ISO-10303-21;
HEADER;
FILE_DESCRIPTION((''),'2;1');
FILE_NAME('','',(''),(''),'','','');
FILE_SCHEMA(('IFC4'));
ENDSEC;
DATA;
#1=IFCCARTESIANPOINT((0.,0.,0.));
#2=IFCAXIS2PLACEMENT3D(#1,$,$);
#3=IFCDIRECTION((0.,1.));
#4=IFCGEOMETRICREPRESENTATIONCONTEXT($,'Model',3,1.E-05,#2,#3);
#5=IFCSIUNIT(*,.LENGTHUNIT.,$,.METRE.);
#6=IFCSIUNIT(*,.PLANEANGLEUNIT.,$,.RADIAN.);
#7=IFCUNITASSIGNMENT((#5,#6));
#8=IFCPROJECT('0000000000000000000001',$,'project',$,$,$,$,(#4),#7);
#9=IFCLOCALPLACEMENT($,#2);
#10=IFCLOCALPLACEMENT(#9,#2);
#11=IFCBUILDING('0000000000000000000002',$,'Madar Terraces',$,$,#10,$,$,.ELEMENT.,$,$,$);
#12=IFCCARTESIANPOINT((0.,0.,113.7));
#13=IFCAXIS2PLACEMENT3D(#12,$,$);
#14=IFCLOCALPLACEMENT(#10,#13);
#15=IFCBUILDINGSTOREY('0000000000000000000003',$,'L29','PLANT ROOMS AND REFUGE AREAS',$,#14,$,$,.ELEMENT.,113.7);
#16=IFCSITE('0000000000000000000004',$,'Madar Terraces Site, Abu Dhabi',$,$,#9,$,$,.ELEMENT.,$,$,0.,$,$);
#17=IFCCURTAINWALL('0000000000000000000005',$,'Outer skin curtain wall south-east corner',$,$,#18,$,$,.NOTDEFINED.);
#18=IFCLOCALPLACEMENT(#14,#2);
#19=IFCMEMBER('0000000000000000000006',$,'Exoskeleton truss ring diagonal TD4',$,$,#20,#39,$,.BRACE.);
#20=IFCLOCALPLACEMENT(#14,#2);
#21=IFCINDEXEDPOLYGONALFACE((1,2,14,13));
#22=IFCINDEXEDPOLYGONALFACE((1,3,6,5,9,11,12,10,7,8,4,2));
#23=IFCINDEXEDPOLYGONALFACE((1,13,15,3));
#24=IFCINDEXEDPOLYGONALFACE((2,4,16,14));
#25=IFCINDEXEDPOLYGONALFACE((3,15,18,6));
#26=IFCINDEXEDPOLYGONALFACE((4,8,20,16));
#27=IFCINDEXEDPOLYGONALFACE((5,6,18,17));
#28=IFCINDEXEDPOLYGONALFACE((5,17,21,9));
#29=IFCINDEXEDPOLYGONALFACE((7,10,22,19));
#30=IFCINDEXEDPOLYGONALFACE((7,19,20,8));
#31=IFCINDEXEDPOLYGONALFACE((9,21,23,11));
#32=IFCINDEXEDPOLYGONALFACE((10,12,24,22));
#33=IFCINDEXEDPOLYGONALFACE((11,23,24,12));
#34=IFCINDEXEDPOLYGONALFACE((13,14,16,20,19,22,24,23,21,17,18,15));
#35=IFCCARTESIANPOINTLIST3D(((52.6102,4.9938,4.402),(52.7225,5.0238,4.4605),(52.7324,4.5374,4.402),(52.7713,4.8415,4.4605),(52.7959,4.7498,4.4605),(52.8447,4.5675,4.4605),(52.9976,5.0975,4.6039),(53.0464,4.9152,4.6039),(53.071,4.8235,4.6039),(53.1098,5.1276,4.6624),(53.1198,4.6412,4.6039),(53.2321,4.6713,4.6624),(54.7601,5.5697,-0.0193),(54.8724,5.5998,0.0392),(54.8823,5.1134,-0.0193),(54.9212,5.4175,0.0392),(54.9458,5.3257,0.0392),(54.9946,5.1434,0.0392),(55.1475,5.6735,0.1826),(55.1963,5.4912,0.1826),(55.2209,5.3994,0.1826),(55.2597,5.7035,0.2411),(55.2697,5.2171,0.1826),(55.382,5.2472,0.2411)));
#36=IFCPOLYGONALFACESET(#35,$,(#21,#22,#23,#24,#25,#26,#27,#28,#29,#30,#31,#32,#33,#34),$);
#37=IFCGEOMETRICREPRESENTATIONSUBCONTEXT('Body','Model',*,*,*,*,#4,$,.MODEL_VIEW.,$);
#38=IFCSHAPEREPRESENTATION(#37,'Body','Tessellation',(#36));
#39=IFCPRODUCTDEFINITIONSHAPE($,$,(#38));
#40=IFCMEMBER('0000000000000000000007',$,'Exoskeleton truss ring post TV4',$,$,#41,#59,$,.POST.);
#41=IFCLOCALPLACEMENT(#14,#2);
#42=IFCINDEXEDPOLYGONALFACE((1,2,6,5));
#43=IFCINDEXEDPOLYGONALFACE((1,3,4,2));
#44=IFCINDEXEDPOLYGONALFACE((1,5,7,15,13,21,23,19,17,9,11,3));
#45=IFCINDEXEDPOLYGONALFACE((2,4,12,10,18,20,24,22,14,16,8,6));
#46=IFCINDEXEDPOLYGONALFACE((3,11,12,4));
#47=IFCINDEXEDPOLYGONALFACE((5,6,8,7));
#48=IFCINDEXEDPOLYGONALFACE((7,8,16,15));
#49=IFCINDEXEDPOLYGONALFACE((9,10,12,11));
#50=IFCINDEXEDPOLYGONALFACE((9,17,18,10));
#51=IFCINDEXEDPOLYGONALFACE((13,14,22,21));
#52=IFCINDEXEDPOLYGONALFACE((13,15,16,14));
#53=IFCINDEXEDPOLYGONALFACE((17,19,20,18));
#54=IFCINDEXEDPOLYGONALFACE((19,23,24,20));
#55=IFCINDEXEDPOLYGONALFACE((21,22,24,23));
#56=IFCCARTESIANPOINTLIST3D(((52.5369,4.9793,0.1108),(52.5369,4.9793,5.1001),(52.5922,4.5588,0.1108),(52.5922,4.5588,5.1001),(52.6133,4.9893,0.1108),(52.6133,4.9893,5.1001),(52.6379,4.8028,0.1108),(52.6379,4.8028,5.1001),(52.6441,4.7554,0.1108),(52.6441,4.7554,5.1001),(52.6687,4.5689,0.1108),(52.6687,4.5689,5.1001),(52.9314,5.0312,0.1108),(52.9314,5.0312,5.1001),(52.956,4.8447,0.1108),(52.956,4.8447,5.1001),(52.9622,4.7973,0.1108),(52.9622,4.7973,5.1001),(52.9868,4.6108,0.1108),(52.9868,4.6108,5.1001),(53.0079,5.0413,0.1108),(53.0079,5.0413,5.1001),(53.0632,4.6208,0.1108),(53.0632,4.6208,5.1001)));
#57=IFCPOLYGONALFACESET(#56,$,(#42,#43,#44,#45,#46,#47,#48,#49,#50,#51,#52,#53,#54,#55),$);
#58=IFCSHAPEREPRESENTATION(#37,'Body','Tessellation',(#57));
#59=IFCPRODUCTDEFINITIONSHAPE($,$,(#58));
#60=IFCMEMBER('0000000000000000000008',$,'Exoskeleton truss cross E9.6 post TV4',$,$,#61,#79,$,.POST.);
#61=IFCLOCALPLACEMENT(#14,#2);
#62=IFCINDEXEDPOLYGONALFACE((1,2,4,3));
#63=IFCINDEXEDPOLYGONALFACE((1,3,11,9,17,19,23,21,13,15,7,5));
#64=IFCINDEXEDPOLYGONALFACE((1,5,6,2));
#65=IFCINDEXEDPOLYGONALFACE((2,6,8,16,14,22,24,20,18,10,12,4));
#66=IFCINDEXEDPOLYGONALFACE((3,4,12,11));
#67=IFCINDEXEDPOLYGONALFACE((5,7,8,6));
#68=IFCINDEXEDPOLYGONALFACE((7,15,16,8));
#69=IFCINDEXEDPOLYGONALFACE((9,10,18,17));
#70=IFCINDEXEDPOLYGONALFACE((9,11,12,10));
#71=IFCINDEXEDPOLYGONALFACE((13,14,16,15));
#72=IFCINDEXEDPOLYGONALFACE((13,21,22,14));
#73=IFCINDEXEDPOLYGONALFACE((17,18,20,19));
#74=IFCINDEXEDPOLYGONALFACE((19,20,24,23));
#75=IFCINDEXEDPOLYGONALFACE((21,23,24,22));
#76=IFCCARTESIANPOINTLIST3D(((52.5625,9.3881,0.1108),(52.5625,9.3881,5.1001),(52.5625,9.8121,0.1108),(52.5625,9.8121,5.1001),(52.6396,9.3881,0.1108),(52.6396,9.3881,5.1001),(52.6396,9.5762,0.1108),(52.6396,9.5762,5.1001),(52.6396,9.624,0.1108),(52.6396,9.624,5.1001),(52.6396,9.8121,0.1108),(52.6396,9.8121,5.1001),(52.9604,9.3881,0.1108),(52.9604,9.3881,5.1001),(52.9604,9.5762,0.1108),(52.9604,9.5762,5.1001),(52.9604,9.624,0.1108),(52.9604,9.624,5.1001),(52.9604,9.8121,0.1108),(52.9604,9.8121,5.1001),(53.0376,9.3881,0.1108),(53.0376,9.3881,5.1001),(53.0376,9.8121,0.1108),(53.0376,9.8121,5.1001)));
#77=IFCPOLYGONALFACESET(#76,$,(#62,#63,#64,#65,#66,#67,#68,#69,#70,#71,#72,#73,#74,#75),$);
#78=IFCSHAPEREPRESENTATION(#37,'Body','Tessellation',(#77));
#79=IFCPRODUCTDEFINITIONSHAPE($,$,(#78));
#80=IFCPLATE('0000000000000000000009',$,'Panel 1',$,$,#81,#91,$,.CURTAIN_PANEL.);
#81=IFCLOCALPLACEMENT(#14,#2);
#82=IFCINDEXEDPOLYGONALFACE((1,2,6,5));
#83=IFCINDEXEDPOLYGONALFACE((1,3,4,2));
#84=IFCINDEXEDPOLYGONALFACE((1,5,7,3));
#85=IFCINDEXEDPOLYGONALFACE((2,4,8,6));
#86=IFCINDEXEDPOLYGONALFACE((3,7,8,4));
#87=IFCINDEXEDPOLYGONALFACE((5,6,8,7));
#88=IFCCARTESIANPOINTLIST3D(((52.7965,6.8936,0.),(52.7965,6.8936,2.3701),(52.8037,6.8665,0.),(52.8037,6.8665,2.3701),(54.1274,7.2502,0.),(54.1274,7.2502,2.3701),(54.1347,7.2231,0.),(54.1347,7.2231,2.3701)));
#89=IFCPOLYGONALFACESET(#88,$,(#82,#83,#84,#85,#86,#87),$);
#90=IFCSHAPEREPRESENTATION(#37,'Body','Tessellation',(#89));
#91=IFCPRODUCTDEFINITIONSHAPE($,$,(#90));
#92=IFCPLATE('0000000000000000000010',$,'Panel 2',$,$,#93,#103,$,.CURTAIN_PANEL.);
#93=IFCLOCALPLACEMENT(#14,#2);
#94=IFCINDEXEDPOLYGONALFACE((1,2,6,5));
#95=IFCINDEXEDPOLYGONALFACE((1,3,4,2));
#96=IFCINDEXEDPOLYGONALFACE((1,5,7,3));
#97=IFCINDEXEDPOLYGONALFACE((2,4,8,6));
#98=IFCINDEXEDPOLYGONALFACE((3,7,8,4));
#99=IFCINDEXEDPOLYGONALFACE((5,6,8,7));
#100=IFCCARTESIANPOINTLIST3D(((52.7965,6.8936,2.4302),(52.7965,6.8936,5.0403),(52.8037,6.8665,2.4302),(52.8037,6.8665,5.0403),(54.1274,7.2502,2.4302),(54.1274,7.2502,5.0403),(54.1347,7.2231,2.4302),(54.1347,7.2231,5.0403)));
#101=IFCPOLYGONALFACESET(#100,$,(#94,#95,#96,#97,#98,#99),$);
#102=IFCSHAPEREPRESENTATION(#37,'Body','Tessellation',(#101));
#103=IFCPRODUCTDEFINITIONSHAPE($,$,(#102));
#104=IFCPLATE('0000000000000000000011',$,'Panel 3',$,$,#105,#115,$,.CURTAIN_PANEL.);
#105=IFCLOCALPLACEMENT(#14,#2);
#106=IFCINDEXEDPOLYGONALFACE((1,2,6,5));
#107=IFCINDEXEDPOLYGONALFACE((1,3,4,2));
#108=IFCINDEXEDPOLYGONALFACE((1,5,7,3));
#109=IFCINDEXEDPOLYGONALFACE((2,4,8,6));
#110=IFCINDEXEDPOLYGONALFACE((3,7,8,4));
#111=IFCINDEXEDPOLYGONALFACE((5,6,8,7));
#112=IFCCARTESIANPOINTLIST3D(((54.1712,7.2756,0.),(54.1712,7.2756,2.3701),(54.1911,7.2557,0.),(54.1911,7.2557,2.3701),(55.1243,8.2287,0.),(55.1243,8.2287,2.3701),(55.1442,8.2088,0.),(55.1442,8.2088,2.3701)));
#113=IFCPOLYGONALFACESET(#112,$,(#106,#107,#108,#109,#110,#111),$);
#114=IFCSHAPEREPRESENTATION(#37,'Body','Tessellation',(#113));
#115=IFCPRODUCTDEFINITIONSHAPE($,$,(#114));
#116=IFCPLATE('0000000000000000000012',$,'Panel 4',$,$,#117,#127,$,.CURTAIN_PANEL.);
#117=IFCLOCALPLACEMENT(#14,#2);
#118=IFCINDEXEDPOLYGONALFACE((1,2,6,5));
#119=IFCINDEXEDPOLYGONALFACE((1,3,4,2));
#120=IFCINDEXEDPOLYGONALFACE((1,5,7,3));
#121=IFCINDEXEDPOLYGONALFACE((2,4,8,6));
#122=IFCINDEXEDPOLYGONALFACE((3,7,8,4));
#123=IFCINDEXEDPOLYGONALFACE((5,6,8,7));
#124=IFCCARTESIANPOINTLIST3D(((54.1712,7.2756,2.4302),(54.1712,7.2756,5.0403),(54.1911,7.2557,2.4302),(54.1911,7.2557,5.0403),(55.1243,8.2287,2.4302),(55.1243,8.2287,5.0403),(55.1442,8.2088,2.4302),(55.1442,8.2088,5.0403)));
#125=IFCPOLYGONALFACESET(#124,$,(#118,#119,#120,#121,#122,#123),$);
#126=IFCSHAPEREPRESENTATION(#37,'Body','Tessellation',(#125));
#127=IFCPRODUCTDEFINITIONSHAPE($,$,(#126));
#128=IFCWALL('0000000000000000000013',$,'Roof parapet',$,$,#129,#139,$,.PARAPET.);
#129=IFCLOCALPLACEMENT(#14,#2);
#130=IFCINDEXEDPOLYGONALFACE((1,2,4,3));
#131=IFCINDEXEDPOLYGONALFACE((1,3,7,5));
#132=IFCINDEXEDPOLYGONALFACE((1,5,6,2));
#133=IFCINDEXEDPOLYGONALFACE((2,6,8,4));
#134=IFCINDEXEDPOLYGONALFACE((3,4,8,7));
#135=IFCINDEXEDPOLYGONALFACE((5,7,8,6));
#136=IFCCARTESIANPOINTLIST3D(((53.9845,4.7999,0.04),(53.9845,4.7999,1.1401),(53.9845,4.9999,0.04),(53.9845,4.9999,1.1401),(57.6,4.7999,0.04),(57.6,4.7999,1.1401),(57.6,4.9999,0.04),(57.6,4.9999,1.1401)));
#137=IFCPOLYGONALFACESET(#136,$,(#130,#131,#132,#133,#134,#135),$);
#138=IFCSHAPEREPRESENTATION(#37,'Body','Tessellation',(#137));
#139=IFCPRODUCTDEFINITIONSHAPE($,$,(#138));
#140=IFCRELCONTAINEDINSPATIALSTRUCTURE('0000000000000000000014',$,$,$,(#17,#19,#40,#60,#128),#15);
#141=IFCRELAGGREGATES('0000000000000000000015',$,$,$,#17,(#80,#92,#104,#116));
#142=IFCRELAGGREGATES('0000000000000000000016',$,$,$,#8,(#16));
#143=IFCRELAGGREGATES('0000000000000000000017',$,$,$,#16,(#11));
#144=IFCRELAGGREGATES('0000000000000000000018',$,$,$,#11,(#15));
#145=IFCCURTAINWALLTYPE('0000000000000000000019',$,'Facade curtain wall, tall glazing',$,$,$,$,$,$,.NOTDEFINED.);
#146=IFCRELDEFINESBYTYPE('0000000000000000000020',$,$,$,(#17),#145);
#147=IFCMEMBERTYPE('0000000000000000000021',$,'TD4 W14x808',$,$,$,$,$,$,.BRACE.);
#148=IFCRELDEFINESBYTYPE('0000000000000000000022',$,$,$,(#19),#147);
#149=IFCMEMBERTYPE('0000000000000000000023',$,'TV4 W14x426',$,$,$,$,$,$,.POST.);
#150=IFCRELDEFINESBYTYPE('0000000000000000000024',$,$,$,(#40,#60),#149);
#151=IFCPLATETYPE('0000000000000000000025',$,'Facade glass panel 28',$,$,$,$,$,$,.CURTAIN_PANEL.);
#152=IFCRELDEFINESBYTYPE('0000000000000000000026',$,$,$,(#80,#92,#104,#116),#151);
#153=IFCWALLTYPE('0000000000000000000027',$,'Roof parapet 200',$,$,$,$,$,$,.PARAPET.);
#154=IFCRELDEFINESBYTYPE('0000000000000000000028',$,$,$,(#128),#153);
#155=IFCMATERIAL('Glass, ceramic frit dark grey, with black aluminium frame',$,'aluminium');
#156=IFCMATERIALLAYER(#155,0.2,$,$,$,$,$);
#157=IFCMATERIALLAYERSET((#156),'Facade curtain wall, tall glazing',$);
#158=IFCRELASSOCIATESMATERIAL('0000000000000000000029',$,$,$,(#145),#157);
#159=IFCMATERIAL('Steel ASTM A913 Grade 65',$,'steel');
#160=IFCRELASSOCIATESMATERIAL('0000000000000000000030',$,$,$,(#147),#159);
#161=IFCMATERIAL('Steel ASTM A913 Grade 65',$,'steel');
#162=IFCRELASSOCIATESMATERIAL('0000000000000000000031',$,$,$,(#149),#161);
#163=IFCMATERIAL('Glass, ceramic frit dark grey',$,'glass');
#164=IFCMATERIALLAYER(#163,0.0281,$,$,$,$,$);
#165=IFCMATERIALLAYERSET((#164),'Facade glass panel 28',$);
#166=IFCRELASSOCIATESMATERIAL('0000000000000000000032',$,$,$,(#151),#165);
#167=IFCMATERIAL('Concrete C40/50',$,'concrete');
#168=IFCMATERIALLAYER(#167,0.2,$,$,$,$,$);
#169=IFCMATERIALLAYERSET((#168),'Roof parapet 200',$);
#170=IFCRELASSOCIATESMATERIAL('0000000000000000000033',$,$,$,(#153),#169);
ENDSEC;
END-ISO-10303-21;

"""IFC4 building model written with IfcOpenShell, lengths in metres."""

from ifc_helpers import new_model, si_unit, direction, frame, frame_2d, origin, origin_2d, place, context, subcontext, project, spatial, rectangle, i_section, extrude, material, layer, layer_set, material_profile, profile_set, type_object, element, aggregate, save


model = new_model("IFC4")

# Units and contexts
model_context = context("Model", 3, precision=1e-05, world=origin(), true_north=direction((0.0, 1.0)))
body_context = subcontext(model_context, "Body", "Model", "MODEL_VIEW")
ifc_project = project(units=[si_unit("LENGTHUNIT", "METRE"), si_unit("PLANEANGLEUNIT", "RADIAN")], contexts=[model_context])

# Site, building, storey
site_placement = place(None, origin())
site = spatial("IfcSite", under=ifc_project, at=site_placement, Name="Madar Terraces Site, Abu Dhabi", CompositionType="ELEMENT", RefElevation=0.0)
building_placement = place(site_placement, origin())
building = spatial("IfcBuilding", under=site, at=building_placement, Name="Madar Terraces", CompositionType="ELEMENT")
storey_placement = place(building_placement, frame((0.0, 0.0, 113.7)))
storey = spatial("IfcBuildingStorey", under=building, at=storey_placement, Name="L29", Description="PLANT ROOMS AND REFUGE AREAS", CompositionType="ELEMENT", Elevation=113.7)

# Curtain wall
ifc_material_1 = material(Name="Glass, ceramic frit dark grey, with black aluminium frame", Category="aluminium")
ifc_layer_1 = layer(ifc_material_1, 0.2)
ifc_layer_set_1 = layer_set([ifc_layer_1], Name="Facade curtain wall, tall glazing")
curtain_wall_type = type_object("IfcCurtainWallType", Name="Facade curtain wall, tall glazing", PredefinedType="NOTDEFINED", material=ifc_layer_set_1)
curtain_wall_placement = place(storey_placement, origin())
curtain_wall = element("IfcCurtainWall", 1, at=curtain_wall_placement, inside=storey, type_object=curtain_wall_type, Name="Outer skin curtain wall south-east corner", PredefinedType="NOTDEFINED")

# Members
ifc_material_2 = material(Name="Steel ASTM A913 Grade 65", Category="steel")
ifc_material_profile_1 = material_profile(ifc_material_2, i_section(OverallWidth=0.4724, OverallDepth=0.5791, WebThickness=0.095, FlangeThickness=0.1301, at=origin_2d()), Name="W14x808")
ifc_profile_set_1 = profile_set([ifc_material_profile_1], Name="Steel ASTM A913 Grade 65")
member_type_1 = type_object("IfcMemberType", Name="TD4 W14x808", PredefinedType="BRACE", material=ifc_profile_set_1)
member_1_placement = place(storey_placement, frame((52.9211, 4.8325, 4.5322), z_axis=(0.434324, 0.116349, -0.893211), x_axis=(-0.258762, 0.965941, 0.0)))
element("IfcMember", 2, at=member_1_placement, inside=storey, type_object=member_type_1, Name="Exoskeleton truss ring diagonal TD4", PredefinedType="BRACE", context=body_context, shape_type="SweptSolid", body=[
    extrude(i_section(OverallWidth=0.4724, OverallDepth=0.5791, WebThickness=0.095, FlangeThickness=0.1301, at=origin_2d()), origin(), (0.0, 0.0, 1.0), 4.95),
])
ifc_material_3 = material(Name="Steel ASTM A913 Grade 65", Category="steel")
ifc_material_profile_2 = material_profile(ifc_material_3, i_section(OverallWidth=0.4241, OverallDepth=0.4751, WebThickness=0.0479, FlangeThickness=0.0771, at=origin_2d()), Name="W14x426")
ifc_profile_set_2 = profile_set([ifc_material_profile_2], Name="Steel ASTM A913 Grade 65")
member_type_2 = type_object("IfcMemberType", Name="TV4 W14x426", PredefinedType="POST", material=ifc_profile_set_2)
for number, where, z_axis, x_axis, name in (
    (3, (52.8, 4.8, 0.1108), (0.0, 0.0, 1.0), (-0.130526, 0.991445, 0.0), "Exoskeleton truss ring post TV4"),
    (4, (52.8, 9.6001, 0.1108), (0.0, 0.0, 1.0), (0.0, 1.0, 0.0), "Exoskeleton truss cross E9.6 post TV4"),
):
    element("IfcMember", number, at=place(storey_placement, frame(where, z_axis=z_axis, x_axis=x_axis)), inside=storey, type_object=member_type_2, Name=name, PredefinedType="POST", context=body_context, shape_type="SweptSolid", body=[
        extrude(i_section(OverallWidth=0.4241, OverallDepth=0.4751, WebThickness=0.0479, FlangeThickness=0.0771, at=origin_2d()), origin(), (0.0, 0.0, 1.0), 4.9893),
    ])

# Plates
ifc_material_4 = material(Name="Glass, ceramic frit dark grey", Category="glass")
ifc_layer_2 = layer(ifc_material_4, 0.0281)
ifc_layer_set_2 = layer_set([ifc_layer_2], Name="Facade glass panel 28")
plate_type = type_object("IfcPlateType", Name="Facade glass panel 28", PredefinedType="CURTAIN_PANEL", material=ifc_layer_set_2)
plate_1_placement = place(storey_placement, frame((53.4656, 7.0583, 0.0), z_axis=(0.0, 0.0, 1.0), x_axis=(0.965926, 0.258819, 0.0)))
plate_1 = element("IfcPlate", 5, at=plate_1_placement, type_object=plate_type, Name="Panel 1", PredefinedType="CURTAIN_PANEL", context=body_context, shape_type="SweptSolid", body=[
    extrude(rectangle(XDim=1.3779, YDim=0.0281, at=origin_2d()), origin(), (0.0, 0.0, 1.0), 2.3701),
])
plate_2_placement = place(storey_placement, frame((53.4656, 7.0583, 2.4302), z_axis=(0.0, 0.0, 1.0), x_axis=(0.965926, 0.258819, 0.0)))
plate_2 = element("IfcPlate", 6, at=plate_2_placement, type_object=plate_type, Name="Panel 2", PredefinedType="CURTAIN_PANEL", context=body_context, shape_type="SweptSolid", body=[
    extrude(rectangle(XDim=1.3779, YDim=0.0281, at=origin_2d()), origin(), (0.0, 0.0, 1.0), 2.6101),
])
plate_3_placement = place(storey_placement, frame((54.6577, 7.7422, 0.0), z_axis=(0.0, 0.0, 1.0), x_axis=(0.707107, 0.707107, 0.0)))
plate_3 = element("IfcPlate", 7, at=plate_3_placement, type_object=plate_type, Name="Panel 3", PredefinedType="CURTAIN_PANEL", context=body_context, shape_type="SweptSolid", body=[
    extrude(rectangle(XDim=1.3479, YDim=0.0281, at=origin_2d()), origin(), (0.0, 0.0, 1.0), 2.3701),
])
plate_4_placement = place(storey_placement, frame((54.6577, 7.7422, 2.4302), z_axis=(0.0, 0.0, 1.0), x_axis=(0.707107, 0.707107, 0.0)))
plate_4 = element("IfcPlate", 8, at=plate_4_placement, type_object=plate_type, Name="Panel 4", PredefinedType="CURTAIN_PANEL", context=body_context, shape_type="SweptSolid", body=[
    extrude(rectangle(XDim=1.3479, YDim=0.0281, at=origin_2d()), origin(), (0.0, 0.0, 1.0), 2.6101),
])
aggregate(curtain_wall, [plate_1, plate_2, plate_3, plate_4])

# Wall
ifc_material_5 = material(Name="Concrete C40/50", Category="concrete")
ifc_layer_3 = layer(ifc_material_5, 0.2)
ifc_layer_set_3 = layer_set([ifc_layer_3], Name="Roof parapet 200")
wall_type = type_object("IfcWallType", Name="Roof parapet 200", PredefinedType="PARAPET", material=ifc_layer_set_3)
wall_placement = place(storey_placement, frame((53.9846, 4.8999, 0.04), z_axis=(0.0, 0.0, 1.0), x_axis=(1.0, 0.0, 0.0)))
element("IfcWall", 9, at=wall_placement, inside=storey, type_object=wall_type, Name="Roof parapet", PredefinedType="PARAPET", context=body_context, shape_type="SweptSolid", body=[
    extrude(rectangle(XDim=3.6155, YDim=0.2, at=frame_2d((1.8076, 0.0))), origin(), (0.0, 0.0, 1.0), 1.1001),
])

save(model, "model.ifc")
